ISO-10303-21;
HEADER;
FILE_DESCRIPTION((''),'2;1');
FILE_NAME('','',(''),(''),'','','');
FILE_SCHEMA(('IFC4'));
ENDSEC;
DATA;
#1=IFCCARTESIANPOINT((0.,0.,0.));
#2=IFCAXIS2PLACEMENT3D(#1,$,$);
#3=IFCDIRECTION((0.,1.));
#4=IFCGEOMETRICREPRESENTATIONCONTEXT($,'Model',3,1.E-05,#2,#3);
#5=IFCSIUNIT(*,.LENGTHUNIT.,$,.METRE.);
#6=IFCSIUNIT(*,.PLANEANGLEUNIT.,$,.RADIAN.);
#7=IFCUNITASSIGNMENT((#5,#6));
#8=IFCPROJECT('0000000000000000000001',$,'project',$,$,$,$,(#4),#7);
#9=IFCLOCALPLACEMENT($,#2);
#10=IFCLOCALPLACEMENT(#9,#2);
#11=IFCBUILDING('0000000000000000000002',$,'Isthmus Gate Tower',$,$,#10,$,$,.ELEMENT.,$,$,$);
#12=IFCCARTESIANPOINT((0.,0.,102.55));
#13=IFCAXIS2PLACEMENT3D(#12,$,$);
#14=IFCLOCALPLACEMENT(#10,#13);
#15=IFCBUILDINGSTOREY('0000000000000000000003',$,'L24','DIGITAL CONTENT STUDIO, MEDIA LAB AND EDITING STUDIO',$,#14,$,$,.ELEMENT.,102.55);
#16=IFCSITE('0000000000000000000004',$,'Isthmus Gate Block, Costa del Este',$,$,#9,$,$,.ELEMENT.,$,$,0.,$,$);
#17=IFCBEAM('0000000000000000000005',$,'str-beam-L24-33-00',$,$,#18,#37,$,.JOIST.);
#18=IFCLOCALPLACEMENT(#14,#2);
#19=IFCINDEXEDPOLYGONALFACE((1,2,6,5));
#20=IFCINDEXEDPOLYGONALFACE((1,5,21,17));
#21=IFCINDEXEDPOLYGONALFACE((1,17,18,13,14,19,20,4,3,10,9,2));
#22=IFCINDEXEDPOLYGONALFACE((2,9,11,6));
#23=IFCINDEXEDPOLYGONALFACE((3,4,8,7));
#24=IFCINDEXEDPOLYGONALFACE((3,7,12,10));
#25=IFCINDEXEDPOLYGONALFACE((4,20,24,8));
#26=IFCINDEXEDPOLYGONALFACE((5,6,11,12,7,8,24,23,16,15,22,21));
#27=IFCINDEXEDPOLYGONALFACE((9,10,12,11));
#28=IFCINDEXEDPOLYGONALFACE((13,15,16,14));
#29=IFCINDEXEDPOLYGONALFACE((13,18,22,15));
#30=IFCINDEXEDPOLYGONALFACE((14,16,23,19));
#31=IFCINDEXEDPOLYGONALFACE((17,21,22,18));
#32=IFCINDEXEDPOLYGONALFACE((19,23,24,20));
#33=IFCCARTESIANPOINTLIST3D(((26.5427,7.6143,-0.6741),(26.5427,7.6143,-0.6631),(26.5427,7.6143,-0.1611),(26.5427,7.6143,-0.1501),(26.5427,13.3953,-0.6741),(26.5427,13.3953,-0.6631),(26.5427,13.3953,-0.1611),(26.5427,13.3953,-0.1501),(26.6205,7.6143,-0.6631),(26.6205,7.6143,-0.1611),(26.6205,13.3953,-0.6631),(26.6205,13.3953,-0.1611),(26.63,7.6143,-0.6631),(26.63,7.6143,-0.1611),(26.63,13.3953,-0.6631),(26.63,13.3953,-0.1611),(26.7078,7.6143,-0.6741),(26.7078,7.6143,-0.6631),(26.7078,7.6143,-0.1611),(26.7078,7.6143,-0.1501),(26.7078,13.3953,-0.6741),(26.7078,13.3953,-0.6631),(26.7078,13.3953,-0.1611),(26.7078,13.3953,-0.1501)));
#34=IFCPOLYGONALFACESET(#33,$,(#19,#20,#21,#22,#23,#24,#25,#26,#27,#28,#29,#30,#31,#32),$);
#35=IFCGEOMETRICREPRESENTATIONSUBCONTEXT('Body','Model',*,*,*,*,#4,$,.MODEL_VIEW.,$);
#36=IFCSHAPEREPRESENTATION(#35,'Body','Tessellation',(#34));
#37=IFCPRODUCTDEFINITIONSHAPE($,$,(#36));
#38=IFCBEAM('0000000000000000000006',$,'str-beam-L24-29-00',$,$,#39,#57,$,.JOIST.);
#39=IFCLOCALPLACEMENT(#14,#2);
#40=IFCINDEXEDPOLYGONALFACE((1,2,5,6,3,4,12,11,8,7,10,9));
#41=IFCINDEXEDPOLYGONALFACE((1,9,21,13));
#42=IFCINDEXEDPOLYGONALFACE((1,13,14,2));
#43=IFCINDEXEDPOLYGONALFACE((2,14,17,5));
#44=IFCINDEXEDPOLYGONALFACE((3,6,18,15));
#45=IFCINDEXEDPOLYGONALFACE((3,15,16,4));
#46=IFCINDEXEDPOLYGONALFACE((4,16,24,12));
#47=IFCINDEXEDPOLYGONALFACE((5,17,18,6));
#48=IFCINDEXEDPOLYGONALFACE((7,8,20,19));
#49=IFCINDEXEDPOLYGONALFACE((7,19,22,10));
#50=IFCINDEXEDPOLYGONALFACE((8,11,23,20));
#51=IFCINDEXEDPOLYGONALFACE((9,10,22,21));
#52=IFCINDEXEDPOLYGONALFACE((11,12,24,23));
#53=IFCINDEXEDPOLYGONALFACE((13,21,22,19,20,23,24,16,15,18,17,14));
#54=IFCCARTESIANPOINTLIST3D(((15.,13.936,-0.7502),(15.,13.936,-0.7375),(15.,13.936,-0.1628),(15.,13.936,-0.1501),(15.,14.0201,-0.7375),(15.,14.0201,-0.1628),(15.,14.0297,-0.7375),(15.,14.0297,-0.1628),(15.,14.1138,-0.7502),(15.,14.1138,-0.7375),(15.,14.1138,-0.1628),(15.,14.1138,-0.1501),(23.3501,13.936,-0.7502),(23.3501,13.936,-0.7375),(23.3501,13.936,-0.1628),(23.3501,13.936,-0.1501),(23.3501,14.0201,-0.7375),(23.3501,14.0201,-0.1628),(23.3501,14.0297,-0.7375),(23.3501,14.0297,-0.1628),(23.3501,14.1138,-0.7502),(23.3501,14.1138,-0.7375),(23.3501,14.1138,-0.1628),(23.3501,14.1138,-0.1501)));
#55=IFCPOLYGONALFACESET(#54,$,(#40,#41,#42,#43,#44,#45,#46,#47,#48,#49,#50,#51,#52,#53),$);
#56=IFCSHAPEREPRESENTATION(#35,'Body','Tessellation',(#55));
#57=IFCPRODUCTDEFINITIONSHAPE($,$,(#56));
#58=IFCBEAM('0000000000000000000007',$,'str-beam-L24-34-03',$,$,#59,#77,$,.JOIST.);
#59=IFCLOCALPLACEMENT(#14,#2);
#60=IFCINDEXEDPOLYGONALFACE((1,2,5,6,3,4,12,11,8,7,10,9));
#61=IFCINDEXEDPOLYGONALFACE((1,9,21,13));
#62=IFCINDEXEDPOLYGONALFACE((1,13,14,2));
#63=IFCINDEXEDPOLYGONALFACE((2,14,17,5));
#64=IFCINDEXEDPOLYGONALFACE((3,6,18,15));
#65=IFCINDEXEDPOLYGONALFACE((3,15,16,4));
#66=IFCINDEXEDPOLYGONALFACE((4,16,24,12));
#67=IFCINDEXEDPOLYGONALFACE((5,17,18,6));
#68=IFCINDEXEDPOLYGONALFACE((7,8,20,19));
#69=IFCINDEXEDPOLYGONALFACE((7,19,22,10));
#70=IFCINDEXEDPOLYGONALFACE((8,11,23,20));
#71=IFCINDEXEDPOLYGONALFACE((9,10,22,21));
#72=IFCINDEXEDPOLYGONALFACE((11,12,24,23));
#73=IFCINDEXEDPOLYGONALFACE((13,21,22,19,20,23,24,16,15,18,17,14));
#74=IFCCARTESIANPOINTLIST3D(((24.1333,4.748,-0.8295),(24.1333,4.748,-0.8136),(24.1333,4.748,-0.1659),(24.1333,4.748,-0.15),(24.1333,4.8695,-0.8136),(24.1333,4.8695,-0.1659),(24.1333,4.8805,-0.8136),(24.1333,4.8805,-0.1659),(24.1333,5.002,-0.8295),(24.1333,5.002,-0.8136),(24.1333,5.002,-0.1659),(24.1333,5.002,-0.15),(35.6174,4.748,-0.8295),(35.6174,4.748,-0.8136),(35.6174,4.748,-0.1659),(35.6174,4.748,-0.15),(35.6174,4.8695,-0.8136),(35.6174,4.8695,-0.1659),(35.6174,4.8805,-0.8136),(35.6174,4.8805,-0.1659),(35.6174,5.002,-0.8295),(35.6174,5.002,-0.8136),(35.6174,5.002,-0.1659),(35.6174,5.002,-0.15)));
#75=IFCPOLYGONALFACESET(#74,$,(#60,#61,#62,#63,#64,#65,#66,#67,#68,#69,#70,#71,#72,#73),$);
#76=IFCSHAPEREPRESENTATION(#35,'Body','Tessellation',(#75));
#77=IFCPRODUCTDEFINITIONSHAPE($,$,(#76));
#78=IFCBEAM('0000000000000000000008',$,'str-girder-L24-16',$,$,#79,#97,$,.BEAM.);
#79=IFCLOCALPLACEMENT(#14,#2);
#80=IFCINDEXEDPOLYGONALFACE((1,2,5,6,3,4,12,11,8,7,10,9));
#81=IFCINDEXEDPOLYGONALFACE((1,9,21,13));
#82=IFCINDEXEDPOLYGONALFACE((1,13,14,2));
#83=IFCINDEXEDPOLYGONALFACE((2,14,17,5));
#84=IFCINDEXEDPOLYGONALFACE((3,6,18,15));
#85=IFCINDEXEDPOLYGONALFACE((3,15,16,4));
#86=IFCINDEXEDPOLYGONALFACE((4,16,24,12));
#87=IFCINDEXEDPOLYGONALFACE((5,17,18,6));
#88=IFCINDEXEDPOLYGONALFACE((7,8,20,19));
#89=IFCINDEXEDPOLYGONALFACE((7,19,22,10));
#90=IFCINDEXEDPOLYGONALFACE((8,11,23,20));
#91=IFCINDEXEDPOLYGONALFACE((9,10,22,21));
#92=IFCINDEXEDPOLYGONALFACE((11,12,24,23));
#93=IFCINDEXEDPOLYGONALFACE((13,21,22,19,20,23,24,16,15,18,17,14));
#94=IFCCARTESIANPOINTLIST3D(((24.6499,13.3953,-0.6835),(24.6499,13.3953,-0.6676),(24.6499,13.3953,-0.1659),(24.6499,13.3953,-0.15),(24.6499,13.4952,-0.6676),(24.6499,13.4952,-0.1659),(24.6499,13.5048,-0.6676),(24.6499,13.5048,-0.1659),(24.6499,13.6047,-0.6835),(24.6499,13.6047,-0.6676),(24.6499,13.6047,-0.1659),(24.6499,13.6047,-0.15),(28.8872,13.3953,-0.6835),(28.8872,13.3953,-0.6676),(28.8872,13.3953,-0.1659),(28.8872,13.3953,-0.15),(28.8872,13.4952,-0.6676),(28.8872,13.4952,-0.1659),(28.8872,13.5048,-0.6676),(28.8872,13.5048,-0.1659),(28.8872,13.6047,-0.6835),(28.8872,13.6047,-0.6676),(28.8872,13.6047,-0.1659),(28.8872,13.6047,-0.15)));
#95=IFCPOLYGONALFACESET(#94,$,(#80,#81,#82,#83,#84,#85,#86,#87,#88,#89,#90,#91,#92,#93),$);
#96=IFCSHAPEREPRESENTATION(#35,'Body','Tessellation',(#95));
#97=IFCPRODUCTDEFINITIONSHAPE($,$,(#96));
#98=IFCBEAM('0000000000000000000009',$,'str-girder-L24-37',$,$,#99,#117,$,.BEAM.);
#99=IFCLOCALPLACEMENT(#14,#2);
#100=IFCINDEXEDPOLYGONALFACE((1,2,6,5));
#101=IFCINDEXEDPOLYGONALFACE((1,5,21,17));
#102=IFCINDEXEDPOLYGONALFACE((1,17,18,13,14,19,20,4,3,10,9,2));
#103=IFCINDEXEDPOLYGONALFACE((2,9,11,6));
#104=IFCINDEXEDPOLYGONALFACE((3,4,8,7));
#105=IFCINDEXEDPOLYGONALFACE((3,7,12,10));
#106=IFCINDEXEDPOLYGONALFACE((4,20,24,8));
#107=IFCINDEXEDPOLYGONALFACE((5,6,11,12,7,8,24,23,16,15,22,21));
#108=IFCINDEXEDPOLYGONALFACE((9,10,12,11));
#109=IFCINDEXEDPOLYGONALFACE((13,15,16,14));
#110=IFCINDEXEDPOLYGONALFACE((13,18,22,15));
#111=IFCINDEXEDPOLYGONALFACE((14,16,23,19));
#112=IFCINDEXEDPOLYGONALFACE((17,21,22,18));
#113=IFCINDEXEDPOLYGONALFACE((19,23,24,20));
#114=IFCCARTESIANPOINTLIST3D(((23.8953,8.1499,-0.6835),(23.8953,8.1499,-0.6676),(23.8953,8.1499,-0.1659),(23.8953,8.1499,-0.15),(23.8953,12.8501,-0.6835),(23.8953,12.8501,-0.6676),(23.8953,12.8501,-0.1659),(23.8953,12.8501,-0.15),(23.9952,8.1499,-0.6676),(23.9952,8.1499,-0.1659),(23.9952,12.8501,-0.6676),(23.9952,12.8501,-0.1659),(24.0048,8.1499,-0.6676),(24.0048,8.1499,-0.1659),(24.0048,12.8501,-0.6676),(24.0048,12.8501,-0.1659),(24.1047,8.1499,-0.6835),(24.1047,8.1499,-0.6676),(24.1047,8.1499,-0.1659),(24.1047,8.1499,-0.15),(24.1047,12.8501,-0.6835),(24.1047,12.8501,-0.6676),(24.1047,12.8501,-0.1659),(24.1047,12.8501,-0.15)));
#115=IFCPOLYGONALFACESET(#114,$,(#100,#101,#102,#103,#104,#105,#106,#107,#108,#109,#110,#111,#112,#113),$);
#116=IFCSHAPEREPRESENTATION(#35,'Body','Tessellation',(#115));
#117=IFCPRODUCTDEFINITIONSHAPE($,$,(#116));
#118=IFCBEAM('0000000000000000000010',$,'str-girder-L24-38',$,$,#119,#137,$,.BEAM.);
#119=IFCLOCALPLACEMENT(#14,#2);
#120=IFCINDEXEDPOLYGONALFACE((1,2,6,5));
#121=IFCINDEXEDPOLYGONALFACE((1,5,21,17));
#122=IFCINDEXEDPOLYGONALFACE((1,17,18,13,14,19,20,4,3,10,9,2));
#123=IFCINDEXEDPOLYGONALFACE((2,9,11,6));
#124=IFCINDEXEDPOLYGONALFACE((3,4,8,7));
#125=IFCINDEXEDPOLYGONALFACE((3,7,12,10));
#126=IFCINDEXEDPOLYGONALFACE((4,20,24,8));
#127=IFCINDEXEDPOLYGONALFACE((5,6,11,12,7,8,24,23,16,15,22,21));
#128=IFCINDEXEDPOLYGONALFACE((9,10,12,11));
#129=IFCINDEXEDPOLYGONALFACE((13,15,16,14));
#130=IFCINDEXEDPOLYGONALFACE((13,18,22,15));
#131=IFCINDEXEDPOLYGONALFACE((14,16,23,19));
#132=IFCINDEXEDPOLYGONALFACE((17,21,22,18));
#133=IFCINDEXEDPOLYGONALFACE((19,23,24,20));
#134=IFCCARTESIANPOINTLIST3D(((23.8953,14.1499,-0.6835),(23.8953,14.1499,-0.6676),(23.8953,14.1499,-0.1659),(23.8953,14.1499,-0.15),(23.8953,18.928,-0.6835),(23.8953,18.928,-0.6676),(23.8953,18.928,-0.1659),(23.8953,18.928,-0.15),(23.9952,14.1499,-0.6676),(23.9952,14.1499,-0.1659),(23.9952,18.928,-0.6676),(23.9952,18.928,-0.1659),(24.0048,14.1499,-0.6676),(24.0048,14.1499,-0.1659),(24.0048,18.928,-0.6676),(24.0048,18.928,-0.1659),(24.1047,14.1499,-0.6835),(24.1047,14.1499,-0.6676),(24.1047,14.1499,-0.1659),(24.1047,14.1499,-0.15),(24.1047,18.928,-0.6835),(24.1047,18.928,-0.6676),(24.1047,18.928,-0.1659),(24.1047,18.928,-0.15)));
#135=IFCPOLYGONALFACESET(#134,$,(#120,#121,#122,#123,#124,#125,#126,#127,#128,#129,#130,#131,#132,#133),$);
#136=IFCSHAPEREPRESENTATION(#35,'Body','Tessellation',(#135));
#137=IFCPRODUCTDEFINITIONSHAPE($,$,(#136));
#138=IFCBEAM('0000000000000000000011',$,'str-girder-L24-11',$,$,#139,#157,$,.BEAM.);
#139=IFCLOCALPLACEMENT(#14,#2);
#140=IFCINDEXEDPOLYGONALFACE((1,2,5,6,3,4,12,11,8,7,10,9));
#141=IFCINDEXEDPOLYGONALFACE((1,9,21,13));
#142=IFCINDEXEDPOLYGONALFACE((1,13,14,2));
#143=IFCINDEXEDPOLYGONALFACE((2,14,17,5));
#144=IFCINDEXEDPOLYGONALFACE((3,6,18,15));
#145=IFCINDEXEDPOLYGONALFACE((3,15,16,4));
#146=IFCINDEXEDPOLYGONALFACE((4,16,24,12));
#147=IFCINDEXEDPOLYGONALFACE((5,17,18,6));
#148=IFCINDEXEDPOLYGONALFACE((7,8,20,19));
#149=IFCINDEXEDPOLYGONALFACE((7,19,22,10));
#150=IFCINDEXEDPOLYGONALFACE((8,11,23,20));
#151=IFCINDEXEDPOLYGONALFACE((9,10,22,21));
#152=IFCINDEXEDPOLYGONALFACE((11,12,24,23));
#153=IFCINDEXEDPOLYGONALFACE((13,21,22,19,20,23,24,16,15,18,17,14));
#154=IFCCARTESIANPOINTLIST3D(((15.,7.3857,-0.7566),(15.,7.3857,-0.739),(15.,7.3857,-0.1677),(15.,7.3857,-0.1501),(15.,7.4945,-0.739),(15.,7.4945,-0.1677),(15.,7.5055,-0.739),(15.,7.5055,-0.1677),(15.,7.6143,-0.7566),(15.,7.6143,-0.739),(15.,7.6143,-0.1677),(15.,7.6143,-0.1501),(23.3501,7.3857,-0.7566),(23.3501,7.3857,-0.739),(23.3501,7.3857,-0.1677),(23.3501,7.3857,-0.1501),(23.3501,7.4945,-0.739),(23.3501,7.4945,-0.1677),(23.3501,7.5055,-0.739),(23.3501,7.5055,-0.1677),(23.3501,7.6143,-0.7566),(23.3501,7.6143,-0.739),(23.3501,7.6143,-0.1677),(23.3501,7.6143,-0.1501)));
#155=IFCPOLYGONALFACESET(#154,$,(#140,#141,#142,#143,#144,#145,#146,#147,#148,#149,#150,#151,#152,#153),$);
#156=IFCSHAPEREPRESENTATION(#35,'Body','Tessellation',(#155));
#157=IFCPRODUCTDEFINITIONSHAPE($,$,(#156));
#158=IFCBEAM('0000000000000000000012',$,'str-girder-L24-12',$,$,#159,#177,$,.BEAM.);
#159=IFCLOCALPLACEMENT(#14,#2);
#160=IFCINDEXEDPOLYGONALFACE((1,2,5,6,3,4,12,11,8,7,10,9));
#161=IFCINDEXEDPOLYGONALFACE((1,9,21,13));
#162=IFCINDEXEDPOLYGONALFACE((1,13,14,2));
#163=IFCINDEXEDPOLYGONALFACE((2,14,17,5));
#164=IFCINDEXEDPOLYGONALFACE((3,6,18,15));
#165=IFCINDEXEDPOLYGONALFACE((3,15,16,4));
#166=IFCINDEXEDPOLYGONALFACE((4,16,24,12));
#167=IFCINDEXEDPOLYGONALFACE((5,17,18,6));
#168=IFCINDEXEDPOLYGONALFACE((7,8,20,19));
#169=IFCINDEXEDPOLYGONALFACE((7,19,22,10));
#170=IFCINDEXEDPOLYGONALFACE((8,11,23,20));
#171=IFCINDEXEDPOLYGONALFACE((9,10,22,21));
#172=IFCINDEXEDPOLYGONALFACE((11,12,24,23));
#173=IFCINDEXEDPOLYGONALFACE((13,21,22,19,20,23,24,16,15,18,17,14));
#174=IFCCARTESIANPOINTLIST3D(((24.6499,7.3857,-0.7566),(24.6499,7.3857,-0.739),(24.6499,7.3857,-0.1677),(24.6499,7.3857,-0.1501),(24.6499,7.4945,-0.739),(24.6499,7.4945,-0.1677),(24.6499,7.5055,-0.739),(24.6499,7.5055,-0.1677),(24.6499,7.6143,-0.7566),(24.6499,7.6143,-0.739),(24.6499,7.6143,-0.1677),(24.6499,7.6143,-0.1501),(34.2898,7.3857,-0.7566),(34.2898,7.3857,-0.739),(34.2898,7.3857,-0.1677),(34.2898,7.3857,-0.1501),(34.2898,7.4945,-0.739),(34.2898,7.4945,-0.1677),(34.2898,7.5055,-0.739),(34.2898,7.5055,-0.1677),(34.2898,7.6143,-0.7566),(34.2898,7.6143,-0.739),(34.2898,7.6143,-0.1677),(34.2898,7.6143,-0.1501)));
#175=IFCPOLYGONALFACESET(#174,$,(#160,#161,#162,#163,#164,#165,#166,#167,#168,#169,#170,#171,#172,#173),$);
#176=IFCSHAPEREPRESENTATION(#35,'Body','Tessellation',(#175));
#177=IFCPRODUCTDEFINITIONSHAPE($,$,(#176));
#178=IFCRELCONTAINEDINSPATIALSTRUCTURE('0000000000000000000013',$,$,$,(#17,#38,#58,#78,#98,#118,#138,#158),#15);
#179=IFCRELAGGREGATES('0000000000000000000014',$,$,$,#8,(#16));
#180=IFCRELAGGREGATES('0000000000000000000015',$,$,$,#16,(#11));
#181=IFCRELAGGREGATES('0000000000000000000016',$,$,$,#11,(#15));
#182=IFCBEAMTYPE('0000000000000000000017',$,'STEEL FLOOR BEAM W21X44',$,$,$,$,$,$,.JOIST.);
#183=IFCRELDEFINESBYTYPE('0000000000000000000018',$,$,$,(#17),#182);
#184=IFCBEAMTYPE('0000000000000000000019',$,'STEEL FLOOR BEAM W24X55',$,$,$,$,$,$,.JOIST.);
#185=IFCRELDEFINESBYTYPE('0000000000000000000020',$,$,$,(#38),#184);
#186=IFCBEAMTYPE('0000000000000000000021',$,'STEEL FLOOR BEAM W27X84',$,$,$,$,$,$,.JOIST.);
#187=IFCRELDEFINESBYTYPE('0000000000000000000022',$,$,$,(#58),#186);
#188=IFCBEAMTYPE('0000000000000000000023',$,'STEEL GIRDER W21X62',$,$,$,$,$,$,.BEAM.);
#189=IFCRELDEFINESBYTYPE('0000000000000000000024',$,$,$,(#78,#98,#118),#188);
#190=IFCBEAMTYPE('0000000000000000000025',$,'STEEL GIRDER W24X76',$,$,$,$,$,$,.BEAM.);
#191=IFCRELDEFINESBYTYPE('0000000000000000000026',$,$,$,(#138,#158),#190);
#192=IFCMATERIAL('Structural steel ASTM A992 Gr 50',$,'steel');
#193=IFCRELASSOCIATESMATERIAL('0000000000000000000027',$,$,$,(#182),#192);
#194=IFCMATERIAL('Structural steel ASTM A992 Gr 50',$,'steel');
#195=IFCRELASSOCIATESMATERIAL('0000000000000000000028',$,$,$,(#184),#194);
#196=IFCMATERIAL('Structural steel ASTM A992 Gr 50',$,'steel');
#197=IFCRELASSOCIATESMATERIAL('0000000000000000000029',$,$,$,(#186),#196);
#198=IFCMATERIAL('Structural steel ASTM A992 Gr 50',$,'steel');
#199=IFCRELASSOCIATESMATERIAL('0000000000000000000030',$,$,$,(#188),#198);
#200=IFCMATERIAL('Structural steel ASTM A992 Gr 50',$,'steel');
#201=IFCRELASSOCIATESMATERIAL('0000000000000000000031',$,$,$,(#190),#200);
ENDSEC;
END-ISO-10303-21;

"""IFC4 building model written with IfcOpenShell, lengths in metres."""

from ifc_helpers import new_model, si_unit, direction, frame, origin, origin_2d, place, context, subcontext, project, spatial, i_section, extrude, material, material_profile, profile_set, type_object, element, save


model = new_model("IFC4")

# Units and contexts
model_context = context("Model", 3, precision=1e-05, world=origin(), true_north=direction((0.0, 1.0)))
body_context = subcontext(model_context, "Body", "Model", "MODEL_VIEW")
ifc_project = project(units=[si_unit("LENGTHUNIT", "METRE"), si_unit("PLANEANGLEUNIT", "RADIAN")], contexts=[model_context])

# Site, building, storey
site_placement = place(None, origin())
site = spatial("IfcSite", under=ifc_project, at=site_placement, Name="Isthmus Gate Block, Costa del Este", CompositionType="ELEMENT", RefElevation=0.0)
building_placement = place(site_placement, origin())
building = spatial("IfcBuilding", under=site, at=building_placement, Name="Isthmus Gate Tower", CompositionType="ELEMENT")
storey_placement = place(building_placement, frame((0.0, 0.0, 102.55)))
storey = spatial("IfcBuildingStorey", under=building, at=storey_placement, Name="L24", Description="DIGITAL CONTENT STUDIO, MEDIA LAB AND EDITING STUDIO", CompositionType="ELEMENT", Elevation=102.55)

# Beams
ifc_material_1 = material(Name="Structural steel ASTM A992 Gr 50", Category="steel")
ifc_material_profile_1 = material_profile(ifc_material_1, i_section(OverallWidth=0.165, OverallDepth=0.5239, WebThickness=0.0095, FlangeThickness=0.011, at=origin_2d()), Name="W21X44")
ifc_profile_set_1 = profile_set([ifc_material_profile_1], Name="Structural steel ASTM A992 Gr 50")
beam_type_1 = type_object("IfcBeamType", Name="STEEL FLOOR BEAM W21X44", PredefinedType="JOIST", material=ifc_profile_set_1)
beam_1_placement = place(storey_placement, frame((26.6252, 7.6143, -0.4121), z_axis=(0.0, 1.0, 0.0), x_axis=(-1.0, 0.0, 0.0)))
element("IfcBeam", 1, at=beam_1_placement, inside=storey, type_object=beam_type_1, Name="str-beam-L24-33-00", PredefinedType="JOIST", context=body_context, shape_type="SweptSolid", body=[
    extrude(i_section(OverallWidth=0.165, OverallDepth=0.5239, WebThickness=0.0095, FlangeThickness=0.011, at=origin_2d()), origin(), (0.0, 0.0, 1.0), 5.781),
])
ifc_material_2 = material(Name="Structural steel ASTM A992 Gr 50", Category="steel")
ifc_material_profile_2 = material_profile(ifc_material_2, i_section(OverallWidth=0.1777, OverallDepth=0.6001, WebThickness=0.0095, FlangeThickness=0.0127, at=origin_2d()), Name="W24X55")
ifc_profile_set_2 = profile_set([ifc_material_profile_2], Name="Structural steel ASTM A992 Gr 50")
beam_type_2 = type_object("IfcBeamType", Name="STEEL FLOOR BEAM W24X55", PredefinedType="JOIST", material=ifc_profile_set_2)
beam_2_placement = place(storey_placement, frame((15.0, 14.0249, -0.4502), z_axis=(1.0, 0.0, 0.0), x_axis=(0.0, 1.0, 0.0)))
element("IfcBeam", 2, at=beam_2_placement, inside=storey, type_object=beam_type_2, Name="str-beam-L24-29-00", PredefinedType="JOIST", context=body_context, shape_type="SweptSolid", body=[
    extrude(i_section(OverallWidth=0.1777, OverallDepth=0.6001, WebThickness=0.0095, FlangeThickness=0.0127, at=origin_2d()), origin(), (0.0, 0.0, 1.0), 8.3501),
])
ifc_material_3 = material(Name="Structural steel ASTM A992 Gr 50", Category="steel")
ifc_material_profile_3 = material_profile(ifc_material_3, i_section(OverallWidth=0.2539, OverallDepth=0.6794, WebThickness=0.011, FlangeThickness=0.0159, at=origin_2d()), Name="W27X84")
ifc_profile_set_3 = profile_set([ifc_material_profile_3], Name="Structural steel ASTM A992 Gr 50")
beam_type_3 = type_object("IfcBeamType", Name="STEEL FLOOR BEAM W27X84", PredefinedType="JOIST", material=ifc_profile_set_3)
beam_3_placement = place(storey_placement, frame((24.1333, 4.875, -0.4897), z_axis=(1.0, 0.0, 0.0), x_axis=(0.0, 1.0, 0.0)))
element("IfcBeam", 3, at=beam_3_placement, inside=storey, type_object=beam_type_3, Name="str-beam-L24-34-03", PredefinedType="JOIST", context=body_context, shape_type="SweptSolid", body=[
    extrude(i_section(OverallWidth=0.2539, OverallDepth=0.6794, WebThickness=0.011, FlangeThickness=0.0159, at=origin_2d()), origin(), (0.0, 0.0, 1.0), 11.4841),
])
ifc_material_4 = material(Name="Structural steel ASTM A992 Gr 50", Category="steel")
ifc_material_profile_4 = material_profile(ifc_material_4, i_section(OverallWidth=0.2095, OverallDepth=0.5334, WebThickness=0.0095, FlangeThickness=0.0159, at=origin_2d()), Name="W21X62")
ifc_profile_set_4 = profile_set([ifc_material_profile_4], Name="Structural steel ASTM A992 Gr 50")
beam_type_4 = type_object("IfcBeamType", Name="STEEL GIRDER W21X62", PredefinedType="BEAM", material=ifc_profile_set_4)
beam_4_placement = place(storey_placement, frame((24.6499, 13.5, -0.4167), z_axis=(1.0, 0.0, 0.0), x_axis=(0.0, 1.0, 0.0)))
element("IfcBeam", 4, at=beam_4_placement, inside=storey, type_object=beam_type_4, Name="str-girder-L24-16", PredefinedType="BEAM", context=body_context, shape_type="SweptSolid", body=[
    extrude(i_section(OverallWidth=0.2095, OverallDepth=0.5334, WebThickness=0.0095, FlangeThickness=0.0159, at=origin_2d()), origin(), (0.0, 0.0, 1.0), 4.2373),
])
beam_5_placement = place(storey_placement, frame((24.0, 8.1499, -0.4167), z_axis=(0.0, 1.0, 0.0), x_axis=(-1.0, 0.0, 0.0)))
element("IfcBeam", 5, at=beam_5_placement, inside=storey, type_object=beam_type_4, Name="str-girder-L24-37", PredefinedType="BEAM", context=body_context, shape_type="SweptSolid", body=[
    extrude(i_section(OverallWidth=0.2095, OverallDepth=0.5334, WebThickness=0.0095, FlangeThickness=0.0159, at=origin_2d()), origin(), (0.0, 0.0, 1.0), 4.7002),
])
beam_6_placement = place(storey_placement, frame((24.0, 14.1499, -0.4167), z_axis=(0.0, 1.0, 0.0), x_axis=(-1.0, 0.0, 0.0)))
element("IfcBeam", 6, at=beam_6_placement, inside=storey, type_object=beam_type_4, Name="str-girder-L24-38", PredefinedType="BEAM", context=body_context, shape_type="SweptSolid", body=[
    extrude(i_section(OverallWidth=0.2095, OverallDepth=0.5334, WebThickness=0.0095, FlangeThickness=0.0159, at=origin_2d()), origin(), (0.0, 0.0, 1.0), 4.7781),
])
ifc_material_5 = material(Name="Structural steel ASTM A992 Gr 50", Category="steel")
ifc_material_profile_5 = material_profile(ifc_material_5, i_section(OverallWidth=0.2285, OverallDepth=0.6064, WebThickness=0.011, FlangeThickness=0.0176, at=origin_2d()), Name="W24X76")
ifc_profile_set_5 = profile_set([ifc_material_profile_5], Name="Structural steel ASTM A992 Gr 50")
beam_type_5 = type_object("IfcBeamType", Name="STEEL GIRDER W24X76", PredefinedType="BEAM", material=ifc_profile_set_5)
beam_7_placement = place(storey_placement, frame((15.0, 7.5, -0.4534), z_axis=(1.0, 0.0, 0.0), x_axis=(0.0, 1.0, 0.0)))
element("IfcBeam", 7, at=beam_7_placement, inside=storey, type_object=beam_type_5, Name="str-girder-L24-11", PredefinedType="BEAM", context=body_context, shape_type="SweptSolid", body=[
    extrude(i_section(OverallWidth=0.2285, OverallDepth=0.6064, WebThickness=0.011, FlangeThickness=0.0176, at=origin_2d()), origin(), (0.0, 0.0, 1.0), 8.3501),
])
beam_8_placement = place(storey_placement, frame((24.6499, 7.5, -0.4534), z_axis=(1.0, 0.0, 0.0), x_axis=(0.0, 1.0, 0.0)))
element("IfcBeam", 8, at=beam_8_placement, inside=storey, type_object=beam_type_5, Name="str-girder-L24-12", PredefinedType="BEAM", context=body_context, shape_type="SweptSolid", body=[
    extrude(i_section(OverallWidth=0.2285, OverallDepth=0.6064, WebThickness=0.011, FlangeThickness=0.0176, at=origin_2d()), origin(), (0.0, 0.0, 1.0), 9.6399),
])

save(model, "model.ifc")
